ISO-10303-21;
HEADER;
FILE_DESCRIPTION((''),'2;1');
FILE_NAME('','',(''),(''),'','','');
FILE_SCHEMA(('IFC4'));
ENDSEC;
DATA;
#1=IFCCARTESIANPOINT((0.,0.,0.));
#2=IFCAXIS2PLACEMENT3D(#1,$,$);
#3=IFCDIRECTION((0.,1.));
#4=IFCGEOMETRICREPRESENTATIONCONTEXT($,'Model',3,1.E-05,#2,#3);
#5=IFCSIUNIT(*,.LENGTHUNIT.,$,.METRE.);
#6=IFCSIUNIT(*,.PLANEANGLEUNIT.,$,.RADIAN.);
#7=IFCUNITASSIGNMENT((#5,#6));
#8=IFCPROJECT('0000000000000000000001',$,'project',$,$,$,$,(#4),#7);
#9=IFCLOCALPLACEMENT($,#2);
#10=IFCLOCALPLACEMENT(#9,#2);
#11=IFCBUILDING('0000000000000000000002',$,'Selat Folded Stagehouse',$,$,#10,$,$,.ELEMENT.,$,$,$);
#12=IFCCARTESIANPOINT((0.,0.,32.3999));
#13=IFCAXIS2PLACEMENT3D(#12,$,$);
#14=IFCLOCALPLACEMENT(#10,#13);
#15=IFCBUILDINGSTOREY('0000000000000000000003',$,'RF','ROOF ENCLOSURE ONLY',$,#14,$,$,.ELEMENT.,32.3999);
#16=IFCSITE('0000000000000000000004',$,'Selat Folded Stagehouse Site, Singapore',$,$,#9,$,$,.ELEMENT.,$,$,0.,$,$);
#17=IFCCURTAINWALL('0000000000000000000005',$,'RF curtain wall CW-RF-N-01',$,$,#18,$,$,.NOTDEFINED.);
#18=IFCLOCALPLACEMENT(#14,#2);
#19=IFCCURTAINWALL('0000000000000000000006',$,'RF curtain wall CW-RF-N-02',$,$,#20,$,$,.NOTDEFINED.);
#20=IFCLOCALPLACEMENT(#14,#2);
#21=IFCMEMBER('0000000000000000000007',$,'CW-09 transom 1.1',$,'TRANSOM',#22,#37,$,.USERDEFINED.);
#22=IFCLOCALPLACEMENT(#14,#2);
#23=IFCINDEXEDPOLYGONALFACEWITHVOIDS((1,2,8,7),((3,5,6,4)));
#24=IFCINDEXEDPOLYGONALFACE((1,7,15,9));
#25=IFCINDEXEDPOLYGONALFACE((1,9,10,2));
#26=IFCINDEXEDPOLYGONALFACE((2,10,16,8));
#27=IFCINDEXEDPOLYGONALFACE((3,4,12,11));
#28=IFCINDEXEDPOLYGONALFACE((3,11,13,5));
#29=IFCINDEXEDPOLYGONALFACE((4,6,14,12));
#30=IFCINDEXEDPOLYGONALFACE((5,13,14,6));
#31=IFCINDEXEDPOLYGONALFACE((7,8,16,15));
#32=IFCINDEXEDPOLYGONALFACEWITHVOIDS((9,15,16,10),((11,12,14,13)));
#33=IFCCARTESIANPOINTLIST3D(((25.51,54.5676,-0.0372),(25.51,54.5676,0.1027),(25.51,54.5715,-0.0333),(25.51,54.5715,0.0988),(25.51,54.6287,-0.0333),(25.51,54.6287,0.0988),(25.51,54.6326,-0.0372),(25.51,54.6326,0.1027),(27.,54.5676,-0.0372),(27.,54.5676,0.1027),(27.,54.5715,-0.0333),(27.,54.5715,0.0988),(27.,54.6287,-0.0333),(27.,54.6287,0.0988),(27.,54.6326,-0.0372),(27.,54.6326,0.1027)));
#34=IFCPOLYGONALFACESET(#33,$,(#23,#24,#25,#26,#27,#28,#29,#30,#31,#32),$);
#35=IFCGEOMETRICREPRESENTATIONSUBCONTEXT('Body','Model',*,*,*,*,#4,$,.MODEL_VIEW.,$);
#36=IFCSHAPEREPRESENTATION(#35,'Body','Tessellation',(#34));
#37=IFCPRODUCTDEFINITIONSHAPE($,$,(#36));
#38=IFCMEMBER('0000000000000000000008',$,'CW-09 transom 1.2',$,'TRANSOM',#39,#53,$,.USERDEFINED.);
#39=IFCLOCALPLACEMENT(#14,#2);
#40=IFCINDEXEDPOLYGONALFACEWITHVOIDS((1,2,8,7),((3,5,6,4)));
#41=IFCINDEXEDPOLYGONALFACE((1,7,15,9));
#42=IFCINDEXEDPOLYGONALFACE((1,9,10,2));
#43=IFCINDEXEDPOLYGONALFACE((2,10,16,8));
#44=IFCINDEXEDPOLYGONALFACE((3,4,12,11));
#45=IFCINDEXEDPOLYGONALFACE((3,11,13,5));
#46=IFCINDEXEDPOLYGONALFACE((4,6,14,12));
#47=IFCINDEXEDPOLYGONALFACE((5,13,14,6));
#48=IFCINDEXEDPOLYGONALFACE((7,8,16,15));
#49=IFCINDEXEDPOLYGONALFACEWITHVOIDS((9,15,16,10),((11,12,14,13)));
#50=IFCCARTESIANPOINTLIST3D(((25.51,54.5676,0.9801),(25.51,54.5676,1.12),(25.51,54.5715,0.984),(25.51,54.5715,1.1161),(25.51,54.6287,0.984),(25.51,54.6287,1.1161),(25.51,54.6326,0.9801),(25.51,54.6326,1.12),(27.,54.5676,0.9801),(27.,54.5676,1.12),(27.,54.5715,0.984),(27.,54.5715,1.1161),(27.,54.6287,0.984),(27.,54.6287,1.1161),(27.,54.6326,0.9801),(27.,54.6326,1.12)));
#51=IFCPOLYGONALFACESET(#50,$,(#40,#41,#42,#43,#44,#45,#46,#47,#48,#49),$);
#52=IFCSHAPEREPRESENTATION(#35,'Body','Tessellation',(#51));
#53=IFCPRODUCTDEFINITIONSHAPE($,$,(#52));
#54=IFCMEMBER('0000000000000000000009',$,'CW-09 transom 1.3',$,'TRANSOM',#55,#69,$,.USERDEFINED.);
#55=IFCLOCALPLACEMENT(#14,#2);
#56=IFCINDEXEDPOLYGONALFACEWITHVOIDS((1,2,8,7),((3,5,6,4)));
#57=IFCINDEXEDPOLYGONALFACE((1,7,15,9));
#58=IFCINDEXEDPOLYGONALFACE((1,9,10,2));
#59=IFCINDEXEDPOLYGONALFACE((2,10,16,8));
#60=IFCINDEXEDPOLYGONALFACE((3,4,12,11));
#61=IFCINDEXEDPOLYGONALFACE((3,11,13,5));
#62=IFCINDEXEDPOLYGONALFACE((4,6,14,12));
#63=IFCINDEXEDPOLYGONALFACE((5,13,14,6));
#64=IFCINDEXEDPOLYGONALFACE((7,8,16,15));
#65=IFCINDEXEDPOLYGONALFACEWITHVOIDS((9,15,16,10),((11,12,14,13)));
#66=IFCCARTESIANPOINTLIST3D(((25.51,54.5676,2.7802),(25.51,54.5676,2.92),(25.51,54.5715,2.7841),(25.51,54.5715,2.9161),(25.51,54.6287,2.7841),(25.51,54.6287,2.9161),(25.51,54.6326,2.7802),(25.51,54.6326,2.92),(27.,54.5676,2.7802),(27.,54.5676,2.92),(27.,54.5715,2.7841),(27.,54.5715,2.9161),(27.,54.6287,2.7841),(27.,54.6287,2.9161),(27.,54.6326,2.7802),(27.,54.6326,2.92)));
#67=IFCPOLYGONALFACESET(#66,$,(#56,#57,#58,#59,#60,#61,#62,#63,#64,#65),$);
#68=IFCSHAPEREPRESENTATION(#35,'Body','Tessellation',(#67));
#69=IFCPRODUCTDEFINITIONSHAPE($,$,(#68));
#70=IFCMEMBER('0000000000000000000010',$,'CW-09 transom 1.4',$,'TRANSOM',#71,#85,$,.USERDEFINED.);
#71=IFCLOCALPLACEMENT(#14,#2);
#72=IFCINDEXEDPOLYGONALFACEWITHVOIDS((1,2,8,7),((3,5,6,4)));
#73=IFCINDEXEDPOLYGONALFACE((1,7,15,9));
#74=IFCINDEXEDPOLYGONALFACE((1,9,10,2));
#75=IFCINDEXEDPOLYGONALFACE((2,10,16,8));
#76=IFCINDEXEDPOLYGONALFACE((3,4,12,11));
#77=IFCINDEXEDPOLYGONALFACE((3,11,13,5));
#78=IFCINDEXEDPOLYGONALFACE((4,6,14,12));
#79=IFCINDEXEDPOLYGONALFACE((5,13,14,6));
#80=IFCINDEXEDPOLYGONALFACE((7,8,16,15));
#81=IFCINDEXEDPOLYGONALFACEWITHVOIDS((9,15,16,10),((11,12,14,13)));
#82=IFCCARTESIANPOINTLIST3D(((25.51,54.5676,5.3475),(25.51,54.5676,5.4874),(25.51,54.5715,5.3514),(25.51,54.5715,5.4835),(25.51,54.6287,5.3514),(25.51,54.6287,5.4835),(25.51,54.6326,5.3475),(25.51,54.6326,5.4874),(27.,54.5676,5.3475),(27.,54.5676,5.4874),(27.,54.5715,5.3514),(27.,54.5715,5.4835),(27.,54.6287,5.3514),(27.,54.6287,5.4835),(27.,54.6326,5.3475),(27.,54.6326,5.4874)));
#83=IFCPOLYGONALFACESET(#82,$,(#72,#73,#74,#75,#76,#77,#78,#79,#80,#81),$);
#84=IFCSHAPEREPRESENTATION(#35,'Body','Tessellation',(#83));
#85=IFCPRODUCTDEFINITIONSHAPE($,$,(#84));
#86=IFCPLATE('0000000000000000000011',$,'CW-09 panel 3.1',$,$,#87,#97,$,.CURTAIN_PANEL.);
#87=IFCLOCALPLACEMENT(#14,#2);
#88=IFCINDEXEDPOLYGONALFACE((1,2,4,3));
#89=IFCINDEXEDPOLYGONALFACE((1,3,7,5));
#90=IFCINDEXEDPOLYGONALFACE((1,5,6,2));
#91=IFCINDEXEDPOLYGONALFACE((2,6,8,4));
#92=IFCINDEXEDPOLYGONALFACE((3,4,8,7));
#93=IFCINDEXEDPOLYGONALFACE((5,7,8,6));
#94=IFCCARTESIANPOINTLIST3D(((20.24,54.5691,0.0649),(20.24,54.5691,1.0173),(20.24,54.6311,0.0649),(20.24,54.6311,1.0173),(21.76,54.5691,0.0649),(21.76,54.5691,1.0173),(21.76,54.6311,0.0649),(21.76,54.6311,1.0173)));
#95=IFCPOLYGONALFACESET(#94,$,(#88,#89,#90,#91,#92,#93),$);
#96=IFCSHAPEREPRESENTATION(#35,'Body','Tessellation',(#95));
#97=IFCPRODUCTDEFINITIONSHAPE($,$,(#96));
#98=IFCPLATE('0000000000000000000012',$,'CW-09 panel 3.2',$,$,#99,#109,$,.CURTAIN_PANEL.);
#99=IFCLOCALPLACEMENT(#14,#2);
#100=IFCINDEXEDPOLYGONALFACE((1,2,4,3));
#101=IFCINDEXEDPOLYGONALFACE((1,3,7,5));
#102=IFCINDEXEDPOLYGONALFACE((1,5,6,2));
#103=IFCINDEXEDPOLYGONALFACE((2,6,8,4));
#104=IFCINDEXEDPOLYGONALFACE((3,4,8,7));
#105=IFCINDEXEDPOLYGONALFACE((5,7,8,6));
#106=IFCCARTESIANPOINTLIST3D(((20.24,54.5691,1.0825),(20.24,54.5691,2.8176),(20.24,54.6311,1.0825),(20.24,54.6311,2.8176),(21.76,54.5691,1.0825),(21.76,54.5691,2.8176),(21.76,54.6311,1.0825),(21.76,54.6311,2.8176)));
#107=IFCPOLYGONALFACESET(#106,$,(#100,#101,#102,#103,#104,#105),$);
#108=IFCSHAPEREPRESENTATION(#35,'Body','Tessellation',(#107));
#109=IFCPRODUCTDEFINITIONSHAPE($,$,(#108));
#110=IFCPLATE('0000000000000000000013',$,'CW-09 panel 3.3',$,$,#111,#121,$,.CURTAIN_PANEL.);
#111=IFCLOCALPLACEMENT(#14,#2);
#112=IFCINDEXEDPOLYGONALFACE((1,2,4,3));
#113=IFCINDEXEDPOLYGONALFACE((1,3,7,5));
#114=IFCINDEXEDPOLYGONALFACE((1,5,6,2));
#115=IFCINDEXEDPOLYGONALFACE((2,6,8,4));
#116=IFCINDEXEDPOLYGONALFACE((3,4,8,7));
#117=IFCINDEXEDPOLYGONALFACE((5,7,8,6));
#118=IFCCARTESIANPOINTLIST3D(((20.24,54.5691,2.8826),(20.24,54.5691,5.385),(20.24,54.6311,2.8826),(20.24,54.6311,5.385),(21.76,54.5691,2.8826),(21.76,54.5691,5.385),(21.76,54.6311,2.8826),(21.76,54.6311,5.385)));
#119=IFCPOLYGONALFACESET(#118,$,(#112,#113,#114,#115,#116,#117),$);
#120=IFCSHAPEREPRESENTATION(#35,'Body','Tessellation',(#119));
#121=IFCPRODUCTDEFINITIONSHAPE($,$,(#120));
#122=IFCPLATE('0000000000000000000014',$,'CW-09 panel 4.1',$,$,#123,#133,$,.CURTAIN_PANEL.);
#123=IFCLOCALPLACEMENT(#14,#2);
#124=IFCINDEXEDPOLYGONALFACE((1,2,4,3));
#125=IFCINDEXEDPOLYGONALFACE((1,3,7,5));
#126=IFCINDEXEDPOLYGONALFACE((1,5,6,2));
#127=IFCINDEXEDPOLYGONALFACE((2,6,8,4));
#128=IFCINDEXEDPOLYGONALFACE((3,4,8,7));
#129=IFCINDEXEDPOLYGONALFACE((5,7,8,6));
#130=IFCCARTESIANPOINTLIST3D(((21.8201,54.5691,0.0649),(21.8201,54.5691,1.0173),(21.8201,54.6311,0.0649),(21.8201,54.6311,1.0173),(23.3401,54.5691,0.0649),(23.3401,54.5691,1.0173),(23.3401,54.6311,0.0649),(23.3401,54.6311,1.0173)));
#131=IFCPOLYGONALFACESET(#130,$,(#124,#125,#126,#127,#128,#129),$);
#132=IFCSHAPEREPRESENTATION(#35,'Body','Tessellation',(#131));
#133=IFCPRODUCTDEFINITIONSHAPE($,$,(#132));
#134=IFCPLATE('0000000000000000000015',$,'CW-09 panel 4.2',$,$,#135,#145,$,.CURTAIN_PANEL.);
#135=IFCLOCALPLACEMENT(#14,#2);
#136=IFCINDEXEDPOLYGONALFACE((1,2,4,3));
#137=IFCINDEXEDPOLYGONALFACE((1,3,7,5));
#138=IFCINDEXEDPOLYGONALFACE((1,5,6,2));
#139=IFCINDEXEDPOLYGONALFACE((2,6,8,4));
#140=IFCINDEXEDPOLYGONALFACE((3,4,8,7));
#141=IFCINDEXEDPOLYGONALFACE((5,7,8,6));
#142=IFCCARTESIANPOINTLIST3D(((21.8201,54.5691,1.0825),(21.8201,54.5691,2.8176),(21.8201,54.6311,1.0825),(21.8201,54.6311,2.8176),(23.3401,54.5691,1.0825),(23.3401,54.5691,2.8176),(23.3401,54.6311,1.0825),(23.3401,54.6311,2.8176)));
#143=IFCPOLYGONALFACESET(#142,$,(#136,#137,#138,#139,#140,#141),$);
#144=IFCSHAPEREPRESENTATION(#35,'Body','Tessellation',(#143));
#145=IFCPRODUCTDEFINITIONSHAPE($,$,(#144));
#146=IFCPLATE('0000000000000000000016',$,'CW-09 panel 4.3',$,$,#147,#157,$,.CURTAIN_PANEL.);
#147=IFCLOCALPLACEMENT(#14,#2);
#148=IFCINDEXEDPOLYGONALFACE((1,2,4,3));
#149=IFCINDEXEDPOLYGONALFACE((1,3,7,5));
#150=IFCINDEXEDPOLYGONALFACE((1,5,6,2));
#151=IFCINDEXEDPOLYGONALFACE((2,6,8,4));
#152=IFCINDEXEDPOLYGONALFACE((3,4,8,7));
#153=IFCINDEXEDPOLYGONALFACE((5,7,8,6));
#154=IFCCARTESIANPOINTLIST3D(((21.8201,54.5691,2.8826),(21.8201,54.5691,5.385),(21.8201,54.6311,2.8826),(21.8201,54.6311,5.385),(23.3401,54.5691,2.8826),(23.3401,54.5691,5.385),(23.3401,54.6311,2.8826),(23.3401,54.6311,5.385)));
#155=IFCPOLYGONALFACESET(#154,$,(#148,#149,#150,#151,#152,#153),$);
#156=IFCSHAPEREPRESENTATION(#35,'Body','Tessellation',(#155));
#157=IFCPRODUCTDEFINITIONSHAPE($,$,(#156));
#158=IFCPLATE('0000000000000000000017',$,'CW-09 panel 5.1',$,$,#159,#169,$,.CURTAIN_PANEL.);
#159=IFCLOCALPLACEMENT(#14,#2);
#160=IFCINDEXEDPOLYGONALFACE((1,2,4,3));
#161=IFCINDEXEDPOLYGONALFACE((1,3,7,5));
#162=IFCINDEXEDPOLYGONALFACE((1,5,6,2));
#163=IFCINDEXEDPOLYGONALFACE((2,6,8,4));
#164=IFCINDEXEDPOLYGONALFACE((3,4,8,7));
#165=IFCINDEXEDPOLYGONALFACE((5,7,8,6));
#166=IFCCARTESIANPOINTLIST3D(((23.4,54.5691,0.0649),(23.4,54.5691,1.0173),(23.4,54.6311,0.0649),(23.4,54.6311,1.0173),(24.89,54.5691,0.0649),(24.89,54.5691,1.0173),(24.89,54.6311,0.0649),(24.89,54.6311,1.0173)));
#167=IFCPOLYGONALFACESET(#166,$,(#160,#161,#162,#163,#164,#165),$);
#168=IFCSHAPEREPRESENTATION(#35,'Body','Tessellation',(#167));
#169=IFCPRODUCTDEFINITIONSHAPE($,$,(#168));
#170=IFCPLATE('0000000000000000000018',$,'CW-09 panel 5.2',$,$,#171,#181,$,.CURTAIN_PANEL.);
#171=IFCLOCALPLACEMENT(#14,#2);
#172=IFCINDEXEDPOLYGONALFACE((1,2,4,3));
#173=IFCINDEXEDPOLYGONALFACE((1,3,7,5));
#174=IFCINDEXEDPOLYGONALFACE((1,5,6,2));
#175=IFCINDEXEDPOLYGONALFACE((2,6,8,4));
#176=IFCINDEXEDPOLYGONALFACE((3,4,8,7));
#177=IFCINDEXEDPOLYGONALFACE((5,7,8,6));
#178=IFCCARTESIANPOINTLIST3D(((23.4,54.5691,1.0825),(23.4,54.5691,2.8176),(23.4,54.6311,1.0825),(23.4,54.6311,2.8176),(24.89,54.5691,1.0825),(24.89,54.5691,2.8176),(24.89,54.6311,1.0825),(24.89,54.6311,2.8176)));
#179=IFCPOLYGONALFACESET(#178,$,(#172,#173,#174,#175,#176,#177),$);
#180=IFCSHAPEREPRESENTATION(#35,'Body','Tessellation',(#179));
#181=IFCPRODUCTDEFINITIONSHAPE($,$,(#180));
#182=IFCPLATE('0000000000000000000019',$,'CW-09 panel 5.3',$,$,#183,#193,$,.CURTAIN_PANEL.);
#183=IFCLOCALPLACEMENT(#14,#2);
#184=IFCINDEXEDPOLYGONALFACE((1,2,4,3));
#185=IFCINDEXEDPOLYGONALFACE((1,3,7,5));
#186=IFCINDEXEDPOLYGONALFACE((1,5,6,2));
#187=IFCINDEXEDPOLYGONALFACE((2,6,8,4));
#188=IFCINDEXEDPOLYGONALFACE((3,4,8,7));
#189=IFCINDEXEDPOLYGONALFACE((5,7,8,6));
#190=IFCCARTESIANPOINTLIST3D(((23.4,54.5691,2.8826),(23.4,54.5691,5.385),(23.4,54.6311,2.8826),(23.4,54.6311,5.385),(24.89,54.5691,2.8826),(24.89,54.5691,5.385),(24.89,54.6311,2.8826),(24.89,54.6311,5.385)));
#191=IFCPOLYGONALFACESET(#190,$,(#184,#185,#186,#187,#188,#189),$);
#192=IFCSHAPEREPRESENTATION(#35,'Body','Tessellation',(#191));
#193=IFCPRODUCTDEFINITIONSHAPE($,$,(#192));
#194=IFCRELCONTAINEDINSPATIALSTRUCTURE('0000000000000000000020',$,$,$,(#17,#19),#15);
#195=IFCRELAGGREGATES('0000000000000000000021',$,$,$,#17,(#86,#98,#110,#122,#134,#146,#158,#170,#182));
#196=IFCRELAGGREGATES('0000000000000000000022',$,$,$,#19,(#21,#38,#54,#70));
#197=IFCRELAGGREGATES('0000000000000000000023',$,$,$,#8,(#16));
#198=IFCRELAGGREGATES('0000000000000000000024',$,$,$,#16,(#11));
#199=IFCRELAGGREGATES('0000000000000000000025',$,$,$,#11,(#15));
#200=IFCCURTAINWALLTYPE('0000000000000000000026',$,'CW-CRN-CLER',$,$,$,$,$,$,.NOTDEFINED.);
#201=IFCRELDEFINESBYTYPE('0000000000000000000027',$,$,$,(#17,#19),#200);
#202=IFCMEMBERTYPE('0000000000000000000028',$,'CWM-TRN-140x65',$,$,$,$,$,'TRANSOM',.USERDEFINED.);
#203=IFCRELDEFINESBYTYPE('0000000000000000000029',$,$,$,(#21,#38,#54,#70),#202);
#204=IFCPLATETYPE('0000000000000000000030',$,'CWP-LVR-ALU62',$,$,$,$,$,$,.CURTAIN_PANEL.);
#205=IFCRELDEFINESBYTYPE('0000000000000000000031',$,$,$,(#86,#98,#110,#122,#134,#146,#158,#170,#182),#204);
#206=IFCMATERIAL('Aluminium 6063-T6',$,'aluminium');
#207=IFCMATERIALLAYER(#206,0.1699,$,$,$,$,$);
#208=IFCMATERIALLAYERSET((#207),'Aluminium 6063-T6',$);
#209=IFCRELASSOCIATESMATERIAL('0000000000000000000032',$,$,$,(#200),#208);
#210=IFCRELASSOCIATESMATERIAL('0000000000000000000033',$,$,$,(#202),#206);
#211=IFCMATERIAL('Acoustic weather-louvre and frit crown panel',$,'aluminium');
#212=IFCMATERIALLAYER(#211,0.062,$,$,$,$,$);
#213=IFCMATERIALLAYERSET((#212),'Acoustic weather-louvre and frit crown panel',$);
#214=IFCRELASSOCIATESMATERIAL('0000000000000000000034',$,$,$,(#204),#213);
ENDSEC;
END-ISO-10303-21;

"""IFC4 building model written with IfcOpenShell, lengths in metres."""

from ifc_helpers import new_model, si_unit, direction, frame, origin, origin_2d, place, context, subcontext, project, spatial, rectangle, hollow_rectangle, extrude, material, layer, layer_set, material_profile, profile_set, type_object, element, aggregate, save


model = new_model("IFC4")

# Units and contexts
model_context = context("Model", 3, precision=1e-05, world=origin(), true_north=direction((0.0, 1.0)))
body_context = subcontext(model_context, "Body", "Model", "MODEL_VIEW")
ifc_project = project(units=[si_unit("LENGTHUNIT", "METRE"), si_unit("PLANEANGLEUNIT", "RADIAN")], contexts=[model_context])

# Site, building, storey
site_placement = place(None, origin())
site = spatial("IfcSite", under=ifc_project, at=site_placement, Name="Selat Folded Stagehouse Site, Singapore", CompositionType="ELEMENT", RefElevation=0.0)
building_placement = place(site_placement, origin())
building = spatial("IfcBuilding", under=site, at=building_placement, Name="Selat Folded Stagehouse", CompositionType="ELEMENT")
storey_placement = place(building_placement, frame((0.0, 0.0, 32.3999)))
storey = spatial("IfcBuildingStorey", under=building, at=storey_placement, Name="RF", Description="ROOF ENCLOSURE ONLY", CompositionType="ELEMENT", Elevation=32.3999)

# Curtain walls
ifc_material_1 = material(Name="Aluminium 6063-T6", Category="aluminium")
ifc_layer_1 = layer(ifc_material_1, 0.1699)
ifc_layer_set_1 = layer_set([ifc_layer_1], Name="Aluminium 6063-T6")
curtain_wall_type = type_object("IfcCurtainWallType", Name="CW-CRN-CLER", PredefinedType="NOTDEFINED", material=ifc_layer_set_1)
curtain_wall_1_placement = place(storey_placement, origin())
curtain_wall_1 = element("IfcCurtainWall", 1, at=curtain_wall_1_placement, inside=storey, type_object=curtain_wall_type, Name="RF curtain wall CW-RF-N-01", PredefinedType="NOTDEFINED")
curtain_wall_2_placement = place(storey_placement, origin())
curtain_wall_2 = element("IfcCurtainWall", 2, at=curtain_wall_2_placement, inside=storey, type_object=curtain_wall_type, Name="RF curtain wall CW-RF-N-02", PredefinedType="NOTDEFINED")

# Members
ifc_material_profile_1 = material_profile(ifc_material_1, hollow_rectangle(XDim=0.0649, YDim=0.1399, WallThickness=0.0039, at=origin_2d()), Name="ALU 140x65x4.0")
ifc_profile_set_1 = profile_set([ifc_material_profile_1], Name="Aluminium 6063-T6")
member_type_1 = type_object("IfcMemberType", Name="CWM-TRN-140x65", ElementType="TRANSOM", PredefinedType="USERDEFINED", material=ifc_profile_set_1)
member_1_placement = place(storey_placement, frame((25.51, 54.6001, 0.0327), z_axis=(1.0, 0.0, 0.0), x_axis=(0.0, 1.0, 0.0)))
member_1 = element("IfcMember", 3, at=member_1_placement, type_object=member_type_1, Name="CW-09 transom 1.1", ObjectType="TRANSOM", PredefinedType="USERDEFINED", context=body_context, shape_type="SweptSolid", body=[
    extrude(hollow_rectangle(XDim=0.0649, YDim=0.1399, WallThickness=0.0039, at=origin_2d()), origin(), (0.0, 0.0, 1.0), 1.49),
])
member_2_placement = place(storey_placement, frame((25.51, 54.6001, 1.05), z_axis=(1.0, 0.0, 0.0), x_axis=(0.0, 1.0, 0.0)))
member_2 = element("IfcMember", 4, at=member_2_placement, type_object=member_type_1, Name="CW-09 transom 1.2", ObjectType="TRANSOM", PredefinedType="USERDEFINED", context=body_context, shape_type="SweptSolid", body=[
    extrude(hollow_rectangle(XDim=0.0649, YDim=0.1399, WallThickness=0.0039, at=origin_2d()), origin(), (0.0, 0.0, 1.0), 1.49),
])
member_3_placement = place(storey_placement, frame((25.51, 54.6001, 2.8501), z_axis=(1.0, 0.0, 0.0), x_axis=(0.0, 1.0, 0.0)))
member_3 = element("IfcMember", 5, at=member_3_placement, type_object=member_type_1, Name="CW-09 transom 1.3", ObjectType="TRANSOM", PredefinedType="USERDEFINED", context=body_context, shape_type="SweptSolid", body=[
    extrude(hollow_rectangle(XDim=0.0649, YDim=0.1399, WallThickness=0.0039, at=origin_2d()), origin(), (0.0, 0.0, 1.0), 1.49),
])
member_4_placement = place(storey_placement, frame((25.51, 54.6001, 5.4175), z_axis=(1.0, 0.0, 0.0), x_axis=(0.0, 1.0, 0.0)))
member_4 = element("IfcMember", 6, at=member_4_placement, type_object=member_type_1, Name="CW-09 transom 1.4", ObjectType="TRANSOM", PredefinedType="USERDEFINED", context=body_context, shape_type="SweptSolid", body=[
    extrude(hollow_rectangle(XDim=0.0649, YDim=0.1399, WallThickness=0.0039, at=origin_2d()), origin(), (0.0, 0.0, 1.0), 1.49),
])

# Plates
ifc_material_2 = material(Name="Acoustic weather-louvre and frit crown panel", Category="aluminium")
ifc_layer_2 = layer(ifc_material_2, 0.062)
ifc_layer_set_2 = layer_set([ifc_layer_2], Name="Acoustic weather-louvre and frit crown panel")
plate_type_1 = type_object("IfcPlateType", Name="CWP-LVR-ALU62", PredefinedType="CURTAIN_PANEL", material=ifc_layer_set_2)
plate_1_placement = place(storey_placement, frame((21.0, 54.6001, 0.0649), z_axis=(0.0, 0.0, 1.0), x_axis=(1.0, 0.0, 0.0)))
plate_1 = element("IfcPlate", 7, at=plate_1_placement, type_object=plate_type_1, Name="CW-09 panel 3.1", PredefinedType="CURTAIN_PANEL", context=body_context, shape_type="SweptSolid", body=[
    extrude(rectangle(XDim=1.52, YDim=0.062, at=origin_2d()), origin(), (0.0, 0.0, 1.0), 0.9524),
])
plate_2_placement = place(storey_placement, frame((21.0, 54.6001, 1.0825), z_axis=(0.0, 0.0, 1.0), x_axis=(1.0, 0.0, 0.0)))
plate_2 = element("IfcPlate", 8, at=plate_2_placement, type_object=plate_type_1, Name="CW-09 panel 3.2", PredefinedType="CURTAIN_PANEL", context=body_context, shape_type="SweptSolid", body=[
    extrude(rectangle(XDim=1.52, YDim=0.062, at=origin_2d()), origin(), (0.0, 0.0, 1.0), 1.7351),
])
plate_3_placement = place(storey_placement, frame((21.0, 54.6001, 2.8826), z_axis=(0.0, 0.0, 1.0), x_axis=(1.0, 0.0, 0.0)))
plate_3 = element("IfcPlate", 9, at=plate_3_placement, type_object=plate_type_1, Name="CW-09 panel 3.3", PredefinedType="CURTAIN_PANEL", context=body_context, shape_type="SweptSolid", body=[
    extrude(rectangle(XDim=1.52, YDim=0.062, at=origin_2d()), origin(), (0.0, 0.0, 1.0), 2.5024),
])
plate_4_placement = place(storey_placement, frame((22.5801, 54.6001, 0.0649), z_axis=(0.0, 0.0, 1.0), x_axis=(1.0, 0.0, 0.0)))
plate_4 = element("IfcPlate", 10, at=plate_4_placement, type_object=plate_type_1, Name="CW-09 panel 4.1", PredefinedType="CURTAIN_PANEL", context=body_context, shape_type="SweptSolid", body=[
    extrude(rectangle(XDim=1.52, YDim=0.062, at=origin_2d()), origin(), (0.0, 0.0, 1.0), 0.9524),
])
plate_5_placement = place(storey_placement, frame((22.5801, 54.6001, 1.0825), z_axis=(0.0, 0.0, 1.0), x_axis=(1.0, 0.0, 0.0)))
plate_5 = element("IfcPlate", 11, at=plate_5_placement, type_object=plate_type_1, Name="CW-09 panel 4.2", PredefinedType="CURTAIN_PANEL", context=body_context, shape_type="SweptSolid", body=[
    extrude(rectangle(XDim=1.52, YDim=0.062, at=origin_2d()), origin(), (0.0, 0.0, 1.0), 1.7351),
])
plate_6_placement = place(storey_placement, frame((22.5801, 54.6001, 2.8826), z_axis=(0.0, 0.0, 1.0), x_axis=(1.0, 0.0, 0.0)))
plate_6 = element("IfcPlate", 12, at=plate_6_placement, type_object=plate_type_1, Name="CW-09 panel 4.3", PredefinedType="CURTAIN_PANEL", context=body_context, shape_type="SweptSolid", body=[
    extrude(rectangle(XDim=1.52, YDim=0.062, at=origin_2d()), origin(), (0.0, 0.0, 1.0), 2.5024),
])
plate_7_placement = place(storey_placement, frame((24.145, 54.6001, 0.0649), z_axis=(0.0, 0.0, 1.0), x_axis=(1.0, 0.0, 0.0)))
plate_7 = element("IfcPlate", 13, at=plate_7_placement, type_object=plate_type_1, Name="CW-09 panel 5.1", PredefinedType="CURTAIN_PANEL", context=body_context, shape_type="SweptSolid", body=[
    extrude(rectangle(XDim=1.49, YDim=0.062, at=origin_2d()), origin(), (0.0, 0.0, 1.0), 0.9524),
])
plate_8_placement = place(storey_placement, frame((24.145, 54.6001, 1.0825), z_axis=(0.0, 0.0, 1.0), x_axis=(1.0, 0.0, 0.0)))
plate_8 = element("IfcPlate", 14, at=plate_8_placement, type_object=plate_type_1, Name="CW-09 panel 5.2", PredefinedType="CURTAIN_PANEL", context=body_context, shape_type="SweptSolid", body=[
    extrude(rectangle(XDim=1.49, YDim=0.062, at=origin_2d()), origin(), (0.0, 0.0, 1.0), 1.7351),
])
plate_9_placement = place(storey_placement, frame((24.145, 54.6001, 2.8826), z_axis=(0.0, 0.0, 1.0), x_axis=(1.0, 0.0, 0.0)))
plate_9 = element("IfcPlate", 15, at=plate_9_placement, type_object=plate_type_1, Name="CW-09 panel 5.3", PredefinedType="CURTAIN_PANEL", context=body_context, shape_type="SweptSolid", body=[
    extrude(rectangle(XDim=1.49, YDim=0.062, at=origin_2d()), origin(), (0.0, 0.0, 1.0), 2.5024),
])
aggregate(curtain_wall_1, [plate_1, plate_2, plate_3, plate_4, plate_5, plate_6, plate_7, plate_8, plate_9])
aggregate(curtain_wall_2, [member_1, member_2, member_3, member_4])

save(model, "model.ifc")
